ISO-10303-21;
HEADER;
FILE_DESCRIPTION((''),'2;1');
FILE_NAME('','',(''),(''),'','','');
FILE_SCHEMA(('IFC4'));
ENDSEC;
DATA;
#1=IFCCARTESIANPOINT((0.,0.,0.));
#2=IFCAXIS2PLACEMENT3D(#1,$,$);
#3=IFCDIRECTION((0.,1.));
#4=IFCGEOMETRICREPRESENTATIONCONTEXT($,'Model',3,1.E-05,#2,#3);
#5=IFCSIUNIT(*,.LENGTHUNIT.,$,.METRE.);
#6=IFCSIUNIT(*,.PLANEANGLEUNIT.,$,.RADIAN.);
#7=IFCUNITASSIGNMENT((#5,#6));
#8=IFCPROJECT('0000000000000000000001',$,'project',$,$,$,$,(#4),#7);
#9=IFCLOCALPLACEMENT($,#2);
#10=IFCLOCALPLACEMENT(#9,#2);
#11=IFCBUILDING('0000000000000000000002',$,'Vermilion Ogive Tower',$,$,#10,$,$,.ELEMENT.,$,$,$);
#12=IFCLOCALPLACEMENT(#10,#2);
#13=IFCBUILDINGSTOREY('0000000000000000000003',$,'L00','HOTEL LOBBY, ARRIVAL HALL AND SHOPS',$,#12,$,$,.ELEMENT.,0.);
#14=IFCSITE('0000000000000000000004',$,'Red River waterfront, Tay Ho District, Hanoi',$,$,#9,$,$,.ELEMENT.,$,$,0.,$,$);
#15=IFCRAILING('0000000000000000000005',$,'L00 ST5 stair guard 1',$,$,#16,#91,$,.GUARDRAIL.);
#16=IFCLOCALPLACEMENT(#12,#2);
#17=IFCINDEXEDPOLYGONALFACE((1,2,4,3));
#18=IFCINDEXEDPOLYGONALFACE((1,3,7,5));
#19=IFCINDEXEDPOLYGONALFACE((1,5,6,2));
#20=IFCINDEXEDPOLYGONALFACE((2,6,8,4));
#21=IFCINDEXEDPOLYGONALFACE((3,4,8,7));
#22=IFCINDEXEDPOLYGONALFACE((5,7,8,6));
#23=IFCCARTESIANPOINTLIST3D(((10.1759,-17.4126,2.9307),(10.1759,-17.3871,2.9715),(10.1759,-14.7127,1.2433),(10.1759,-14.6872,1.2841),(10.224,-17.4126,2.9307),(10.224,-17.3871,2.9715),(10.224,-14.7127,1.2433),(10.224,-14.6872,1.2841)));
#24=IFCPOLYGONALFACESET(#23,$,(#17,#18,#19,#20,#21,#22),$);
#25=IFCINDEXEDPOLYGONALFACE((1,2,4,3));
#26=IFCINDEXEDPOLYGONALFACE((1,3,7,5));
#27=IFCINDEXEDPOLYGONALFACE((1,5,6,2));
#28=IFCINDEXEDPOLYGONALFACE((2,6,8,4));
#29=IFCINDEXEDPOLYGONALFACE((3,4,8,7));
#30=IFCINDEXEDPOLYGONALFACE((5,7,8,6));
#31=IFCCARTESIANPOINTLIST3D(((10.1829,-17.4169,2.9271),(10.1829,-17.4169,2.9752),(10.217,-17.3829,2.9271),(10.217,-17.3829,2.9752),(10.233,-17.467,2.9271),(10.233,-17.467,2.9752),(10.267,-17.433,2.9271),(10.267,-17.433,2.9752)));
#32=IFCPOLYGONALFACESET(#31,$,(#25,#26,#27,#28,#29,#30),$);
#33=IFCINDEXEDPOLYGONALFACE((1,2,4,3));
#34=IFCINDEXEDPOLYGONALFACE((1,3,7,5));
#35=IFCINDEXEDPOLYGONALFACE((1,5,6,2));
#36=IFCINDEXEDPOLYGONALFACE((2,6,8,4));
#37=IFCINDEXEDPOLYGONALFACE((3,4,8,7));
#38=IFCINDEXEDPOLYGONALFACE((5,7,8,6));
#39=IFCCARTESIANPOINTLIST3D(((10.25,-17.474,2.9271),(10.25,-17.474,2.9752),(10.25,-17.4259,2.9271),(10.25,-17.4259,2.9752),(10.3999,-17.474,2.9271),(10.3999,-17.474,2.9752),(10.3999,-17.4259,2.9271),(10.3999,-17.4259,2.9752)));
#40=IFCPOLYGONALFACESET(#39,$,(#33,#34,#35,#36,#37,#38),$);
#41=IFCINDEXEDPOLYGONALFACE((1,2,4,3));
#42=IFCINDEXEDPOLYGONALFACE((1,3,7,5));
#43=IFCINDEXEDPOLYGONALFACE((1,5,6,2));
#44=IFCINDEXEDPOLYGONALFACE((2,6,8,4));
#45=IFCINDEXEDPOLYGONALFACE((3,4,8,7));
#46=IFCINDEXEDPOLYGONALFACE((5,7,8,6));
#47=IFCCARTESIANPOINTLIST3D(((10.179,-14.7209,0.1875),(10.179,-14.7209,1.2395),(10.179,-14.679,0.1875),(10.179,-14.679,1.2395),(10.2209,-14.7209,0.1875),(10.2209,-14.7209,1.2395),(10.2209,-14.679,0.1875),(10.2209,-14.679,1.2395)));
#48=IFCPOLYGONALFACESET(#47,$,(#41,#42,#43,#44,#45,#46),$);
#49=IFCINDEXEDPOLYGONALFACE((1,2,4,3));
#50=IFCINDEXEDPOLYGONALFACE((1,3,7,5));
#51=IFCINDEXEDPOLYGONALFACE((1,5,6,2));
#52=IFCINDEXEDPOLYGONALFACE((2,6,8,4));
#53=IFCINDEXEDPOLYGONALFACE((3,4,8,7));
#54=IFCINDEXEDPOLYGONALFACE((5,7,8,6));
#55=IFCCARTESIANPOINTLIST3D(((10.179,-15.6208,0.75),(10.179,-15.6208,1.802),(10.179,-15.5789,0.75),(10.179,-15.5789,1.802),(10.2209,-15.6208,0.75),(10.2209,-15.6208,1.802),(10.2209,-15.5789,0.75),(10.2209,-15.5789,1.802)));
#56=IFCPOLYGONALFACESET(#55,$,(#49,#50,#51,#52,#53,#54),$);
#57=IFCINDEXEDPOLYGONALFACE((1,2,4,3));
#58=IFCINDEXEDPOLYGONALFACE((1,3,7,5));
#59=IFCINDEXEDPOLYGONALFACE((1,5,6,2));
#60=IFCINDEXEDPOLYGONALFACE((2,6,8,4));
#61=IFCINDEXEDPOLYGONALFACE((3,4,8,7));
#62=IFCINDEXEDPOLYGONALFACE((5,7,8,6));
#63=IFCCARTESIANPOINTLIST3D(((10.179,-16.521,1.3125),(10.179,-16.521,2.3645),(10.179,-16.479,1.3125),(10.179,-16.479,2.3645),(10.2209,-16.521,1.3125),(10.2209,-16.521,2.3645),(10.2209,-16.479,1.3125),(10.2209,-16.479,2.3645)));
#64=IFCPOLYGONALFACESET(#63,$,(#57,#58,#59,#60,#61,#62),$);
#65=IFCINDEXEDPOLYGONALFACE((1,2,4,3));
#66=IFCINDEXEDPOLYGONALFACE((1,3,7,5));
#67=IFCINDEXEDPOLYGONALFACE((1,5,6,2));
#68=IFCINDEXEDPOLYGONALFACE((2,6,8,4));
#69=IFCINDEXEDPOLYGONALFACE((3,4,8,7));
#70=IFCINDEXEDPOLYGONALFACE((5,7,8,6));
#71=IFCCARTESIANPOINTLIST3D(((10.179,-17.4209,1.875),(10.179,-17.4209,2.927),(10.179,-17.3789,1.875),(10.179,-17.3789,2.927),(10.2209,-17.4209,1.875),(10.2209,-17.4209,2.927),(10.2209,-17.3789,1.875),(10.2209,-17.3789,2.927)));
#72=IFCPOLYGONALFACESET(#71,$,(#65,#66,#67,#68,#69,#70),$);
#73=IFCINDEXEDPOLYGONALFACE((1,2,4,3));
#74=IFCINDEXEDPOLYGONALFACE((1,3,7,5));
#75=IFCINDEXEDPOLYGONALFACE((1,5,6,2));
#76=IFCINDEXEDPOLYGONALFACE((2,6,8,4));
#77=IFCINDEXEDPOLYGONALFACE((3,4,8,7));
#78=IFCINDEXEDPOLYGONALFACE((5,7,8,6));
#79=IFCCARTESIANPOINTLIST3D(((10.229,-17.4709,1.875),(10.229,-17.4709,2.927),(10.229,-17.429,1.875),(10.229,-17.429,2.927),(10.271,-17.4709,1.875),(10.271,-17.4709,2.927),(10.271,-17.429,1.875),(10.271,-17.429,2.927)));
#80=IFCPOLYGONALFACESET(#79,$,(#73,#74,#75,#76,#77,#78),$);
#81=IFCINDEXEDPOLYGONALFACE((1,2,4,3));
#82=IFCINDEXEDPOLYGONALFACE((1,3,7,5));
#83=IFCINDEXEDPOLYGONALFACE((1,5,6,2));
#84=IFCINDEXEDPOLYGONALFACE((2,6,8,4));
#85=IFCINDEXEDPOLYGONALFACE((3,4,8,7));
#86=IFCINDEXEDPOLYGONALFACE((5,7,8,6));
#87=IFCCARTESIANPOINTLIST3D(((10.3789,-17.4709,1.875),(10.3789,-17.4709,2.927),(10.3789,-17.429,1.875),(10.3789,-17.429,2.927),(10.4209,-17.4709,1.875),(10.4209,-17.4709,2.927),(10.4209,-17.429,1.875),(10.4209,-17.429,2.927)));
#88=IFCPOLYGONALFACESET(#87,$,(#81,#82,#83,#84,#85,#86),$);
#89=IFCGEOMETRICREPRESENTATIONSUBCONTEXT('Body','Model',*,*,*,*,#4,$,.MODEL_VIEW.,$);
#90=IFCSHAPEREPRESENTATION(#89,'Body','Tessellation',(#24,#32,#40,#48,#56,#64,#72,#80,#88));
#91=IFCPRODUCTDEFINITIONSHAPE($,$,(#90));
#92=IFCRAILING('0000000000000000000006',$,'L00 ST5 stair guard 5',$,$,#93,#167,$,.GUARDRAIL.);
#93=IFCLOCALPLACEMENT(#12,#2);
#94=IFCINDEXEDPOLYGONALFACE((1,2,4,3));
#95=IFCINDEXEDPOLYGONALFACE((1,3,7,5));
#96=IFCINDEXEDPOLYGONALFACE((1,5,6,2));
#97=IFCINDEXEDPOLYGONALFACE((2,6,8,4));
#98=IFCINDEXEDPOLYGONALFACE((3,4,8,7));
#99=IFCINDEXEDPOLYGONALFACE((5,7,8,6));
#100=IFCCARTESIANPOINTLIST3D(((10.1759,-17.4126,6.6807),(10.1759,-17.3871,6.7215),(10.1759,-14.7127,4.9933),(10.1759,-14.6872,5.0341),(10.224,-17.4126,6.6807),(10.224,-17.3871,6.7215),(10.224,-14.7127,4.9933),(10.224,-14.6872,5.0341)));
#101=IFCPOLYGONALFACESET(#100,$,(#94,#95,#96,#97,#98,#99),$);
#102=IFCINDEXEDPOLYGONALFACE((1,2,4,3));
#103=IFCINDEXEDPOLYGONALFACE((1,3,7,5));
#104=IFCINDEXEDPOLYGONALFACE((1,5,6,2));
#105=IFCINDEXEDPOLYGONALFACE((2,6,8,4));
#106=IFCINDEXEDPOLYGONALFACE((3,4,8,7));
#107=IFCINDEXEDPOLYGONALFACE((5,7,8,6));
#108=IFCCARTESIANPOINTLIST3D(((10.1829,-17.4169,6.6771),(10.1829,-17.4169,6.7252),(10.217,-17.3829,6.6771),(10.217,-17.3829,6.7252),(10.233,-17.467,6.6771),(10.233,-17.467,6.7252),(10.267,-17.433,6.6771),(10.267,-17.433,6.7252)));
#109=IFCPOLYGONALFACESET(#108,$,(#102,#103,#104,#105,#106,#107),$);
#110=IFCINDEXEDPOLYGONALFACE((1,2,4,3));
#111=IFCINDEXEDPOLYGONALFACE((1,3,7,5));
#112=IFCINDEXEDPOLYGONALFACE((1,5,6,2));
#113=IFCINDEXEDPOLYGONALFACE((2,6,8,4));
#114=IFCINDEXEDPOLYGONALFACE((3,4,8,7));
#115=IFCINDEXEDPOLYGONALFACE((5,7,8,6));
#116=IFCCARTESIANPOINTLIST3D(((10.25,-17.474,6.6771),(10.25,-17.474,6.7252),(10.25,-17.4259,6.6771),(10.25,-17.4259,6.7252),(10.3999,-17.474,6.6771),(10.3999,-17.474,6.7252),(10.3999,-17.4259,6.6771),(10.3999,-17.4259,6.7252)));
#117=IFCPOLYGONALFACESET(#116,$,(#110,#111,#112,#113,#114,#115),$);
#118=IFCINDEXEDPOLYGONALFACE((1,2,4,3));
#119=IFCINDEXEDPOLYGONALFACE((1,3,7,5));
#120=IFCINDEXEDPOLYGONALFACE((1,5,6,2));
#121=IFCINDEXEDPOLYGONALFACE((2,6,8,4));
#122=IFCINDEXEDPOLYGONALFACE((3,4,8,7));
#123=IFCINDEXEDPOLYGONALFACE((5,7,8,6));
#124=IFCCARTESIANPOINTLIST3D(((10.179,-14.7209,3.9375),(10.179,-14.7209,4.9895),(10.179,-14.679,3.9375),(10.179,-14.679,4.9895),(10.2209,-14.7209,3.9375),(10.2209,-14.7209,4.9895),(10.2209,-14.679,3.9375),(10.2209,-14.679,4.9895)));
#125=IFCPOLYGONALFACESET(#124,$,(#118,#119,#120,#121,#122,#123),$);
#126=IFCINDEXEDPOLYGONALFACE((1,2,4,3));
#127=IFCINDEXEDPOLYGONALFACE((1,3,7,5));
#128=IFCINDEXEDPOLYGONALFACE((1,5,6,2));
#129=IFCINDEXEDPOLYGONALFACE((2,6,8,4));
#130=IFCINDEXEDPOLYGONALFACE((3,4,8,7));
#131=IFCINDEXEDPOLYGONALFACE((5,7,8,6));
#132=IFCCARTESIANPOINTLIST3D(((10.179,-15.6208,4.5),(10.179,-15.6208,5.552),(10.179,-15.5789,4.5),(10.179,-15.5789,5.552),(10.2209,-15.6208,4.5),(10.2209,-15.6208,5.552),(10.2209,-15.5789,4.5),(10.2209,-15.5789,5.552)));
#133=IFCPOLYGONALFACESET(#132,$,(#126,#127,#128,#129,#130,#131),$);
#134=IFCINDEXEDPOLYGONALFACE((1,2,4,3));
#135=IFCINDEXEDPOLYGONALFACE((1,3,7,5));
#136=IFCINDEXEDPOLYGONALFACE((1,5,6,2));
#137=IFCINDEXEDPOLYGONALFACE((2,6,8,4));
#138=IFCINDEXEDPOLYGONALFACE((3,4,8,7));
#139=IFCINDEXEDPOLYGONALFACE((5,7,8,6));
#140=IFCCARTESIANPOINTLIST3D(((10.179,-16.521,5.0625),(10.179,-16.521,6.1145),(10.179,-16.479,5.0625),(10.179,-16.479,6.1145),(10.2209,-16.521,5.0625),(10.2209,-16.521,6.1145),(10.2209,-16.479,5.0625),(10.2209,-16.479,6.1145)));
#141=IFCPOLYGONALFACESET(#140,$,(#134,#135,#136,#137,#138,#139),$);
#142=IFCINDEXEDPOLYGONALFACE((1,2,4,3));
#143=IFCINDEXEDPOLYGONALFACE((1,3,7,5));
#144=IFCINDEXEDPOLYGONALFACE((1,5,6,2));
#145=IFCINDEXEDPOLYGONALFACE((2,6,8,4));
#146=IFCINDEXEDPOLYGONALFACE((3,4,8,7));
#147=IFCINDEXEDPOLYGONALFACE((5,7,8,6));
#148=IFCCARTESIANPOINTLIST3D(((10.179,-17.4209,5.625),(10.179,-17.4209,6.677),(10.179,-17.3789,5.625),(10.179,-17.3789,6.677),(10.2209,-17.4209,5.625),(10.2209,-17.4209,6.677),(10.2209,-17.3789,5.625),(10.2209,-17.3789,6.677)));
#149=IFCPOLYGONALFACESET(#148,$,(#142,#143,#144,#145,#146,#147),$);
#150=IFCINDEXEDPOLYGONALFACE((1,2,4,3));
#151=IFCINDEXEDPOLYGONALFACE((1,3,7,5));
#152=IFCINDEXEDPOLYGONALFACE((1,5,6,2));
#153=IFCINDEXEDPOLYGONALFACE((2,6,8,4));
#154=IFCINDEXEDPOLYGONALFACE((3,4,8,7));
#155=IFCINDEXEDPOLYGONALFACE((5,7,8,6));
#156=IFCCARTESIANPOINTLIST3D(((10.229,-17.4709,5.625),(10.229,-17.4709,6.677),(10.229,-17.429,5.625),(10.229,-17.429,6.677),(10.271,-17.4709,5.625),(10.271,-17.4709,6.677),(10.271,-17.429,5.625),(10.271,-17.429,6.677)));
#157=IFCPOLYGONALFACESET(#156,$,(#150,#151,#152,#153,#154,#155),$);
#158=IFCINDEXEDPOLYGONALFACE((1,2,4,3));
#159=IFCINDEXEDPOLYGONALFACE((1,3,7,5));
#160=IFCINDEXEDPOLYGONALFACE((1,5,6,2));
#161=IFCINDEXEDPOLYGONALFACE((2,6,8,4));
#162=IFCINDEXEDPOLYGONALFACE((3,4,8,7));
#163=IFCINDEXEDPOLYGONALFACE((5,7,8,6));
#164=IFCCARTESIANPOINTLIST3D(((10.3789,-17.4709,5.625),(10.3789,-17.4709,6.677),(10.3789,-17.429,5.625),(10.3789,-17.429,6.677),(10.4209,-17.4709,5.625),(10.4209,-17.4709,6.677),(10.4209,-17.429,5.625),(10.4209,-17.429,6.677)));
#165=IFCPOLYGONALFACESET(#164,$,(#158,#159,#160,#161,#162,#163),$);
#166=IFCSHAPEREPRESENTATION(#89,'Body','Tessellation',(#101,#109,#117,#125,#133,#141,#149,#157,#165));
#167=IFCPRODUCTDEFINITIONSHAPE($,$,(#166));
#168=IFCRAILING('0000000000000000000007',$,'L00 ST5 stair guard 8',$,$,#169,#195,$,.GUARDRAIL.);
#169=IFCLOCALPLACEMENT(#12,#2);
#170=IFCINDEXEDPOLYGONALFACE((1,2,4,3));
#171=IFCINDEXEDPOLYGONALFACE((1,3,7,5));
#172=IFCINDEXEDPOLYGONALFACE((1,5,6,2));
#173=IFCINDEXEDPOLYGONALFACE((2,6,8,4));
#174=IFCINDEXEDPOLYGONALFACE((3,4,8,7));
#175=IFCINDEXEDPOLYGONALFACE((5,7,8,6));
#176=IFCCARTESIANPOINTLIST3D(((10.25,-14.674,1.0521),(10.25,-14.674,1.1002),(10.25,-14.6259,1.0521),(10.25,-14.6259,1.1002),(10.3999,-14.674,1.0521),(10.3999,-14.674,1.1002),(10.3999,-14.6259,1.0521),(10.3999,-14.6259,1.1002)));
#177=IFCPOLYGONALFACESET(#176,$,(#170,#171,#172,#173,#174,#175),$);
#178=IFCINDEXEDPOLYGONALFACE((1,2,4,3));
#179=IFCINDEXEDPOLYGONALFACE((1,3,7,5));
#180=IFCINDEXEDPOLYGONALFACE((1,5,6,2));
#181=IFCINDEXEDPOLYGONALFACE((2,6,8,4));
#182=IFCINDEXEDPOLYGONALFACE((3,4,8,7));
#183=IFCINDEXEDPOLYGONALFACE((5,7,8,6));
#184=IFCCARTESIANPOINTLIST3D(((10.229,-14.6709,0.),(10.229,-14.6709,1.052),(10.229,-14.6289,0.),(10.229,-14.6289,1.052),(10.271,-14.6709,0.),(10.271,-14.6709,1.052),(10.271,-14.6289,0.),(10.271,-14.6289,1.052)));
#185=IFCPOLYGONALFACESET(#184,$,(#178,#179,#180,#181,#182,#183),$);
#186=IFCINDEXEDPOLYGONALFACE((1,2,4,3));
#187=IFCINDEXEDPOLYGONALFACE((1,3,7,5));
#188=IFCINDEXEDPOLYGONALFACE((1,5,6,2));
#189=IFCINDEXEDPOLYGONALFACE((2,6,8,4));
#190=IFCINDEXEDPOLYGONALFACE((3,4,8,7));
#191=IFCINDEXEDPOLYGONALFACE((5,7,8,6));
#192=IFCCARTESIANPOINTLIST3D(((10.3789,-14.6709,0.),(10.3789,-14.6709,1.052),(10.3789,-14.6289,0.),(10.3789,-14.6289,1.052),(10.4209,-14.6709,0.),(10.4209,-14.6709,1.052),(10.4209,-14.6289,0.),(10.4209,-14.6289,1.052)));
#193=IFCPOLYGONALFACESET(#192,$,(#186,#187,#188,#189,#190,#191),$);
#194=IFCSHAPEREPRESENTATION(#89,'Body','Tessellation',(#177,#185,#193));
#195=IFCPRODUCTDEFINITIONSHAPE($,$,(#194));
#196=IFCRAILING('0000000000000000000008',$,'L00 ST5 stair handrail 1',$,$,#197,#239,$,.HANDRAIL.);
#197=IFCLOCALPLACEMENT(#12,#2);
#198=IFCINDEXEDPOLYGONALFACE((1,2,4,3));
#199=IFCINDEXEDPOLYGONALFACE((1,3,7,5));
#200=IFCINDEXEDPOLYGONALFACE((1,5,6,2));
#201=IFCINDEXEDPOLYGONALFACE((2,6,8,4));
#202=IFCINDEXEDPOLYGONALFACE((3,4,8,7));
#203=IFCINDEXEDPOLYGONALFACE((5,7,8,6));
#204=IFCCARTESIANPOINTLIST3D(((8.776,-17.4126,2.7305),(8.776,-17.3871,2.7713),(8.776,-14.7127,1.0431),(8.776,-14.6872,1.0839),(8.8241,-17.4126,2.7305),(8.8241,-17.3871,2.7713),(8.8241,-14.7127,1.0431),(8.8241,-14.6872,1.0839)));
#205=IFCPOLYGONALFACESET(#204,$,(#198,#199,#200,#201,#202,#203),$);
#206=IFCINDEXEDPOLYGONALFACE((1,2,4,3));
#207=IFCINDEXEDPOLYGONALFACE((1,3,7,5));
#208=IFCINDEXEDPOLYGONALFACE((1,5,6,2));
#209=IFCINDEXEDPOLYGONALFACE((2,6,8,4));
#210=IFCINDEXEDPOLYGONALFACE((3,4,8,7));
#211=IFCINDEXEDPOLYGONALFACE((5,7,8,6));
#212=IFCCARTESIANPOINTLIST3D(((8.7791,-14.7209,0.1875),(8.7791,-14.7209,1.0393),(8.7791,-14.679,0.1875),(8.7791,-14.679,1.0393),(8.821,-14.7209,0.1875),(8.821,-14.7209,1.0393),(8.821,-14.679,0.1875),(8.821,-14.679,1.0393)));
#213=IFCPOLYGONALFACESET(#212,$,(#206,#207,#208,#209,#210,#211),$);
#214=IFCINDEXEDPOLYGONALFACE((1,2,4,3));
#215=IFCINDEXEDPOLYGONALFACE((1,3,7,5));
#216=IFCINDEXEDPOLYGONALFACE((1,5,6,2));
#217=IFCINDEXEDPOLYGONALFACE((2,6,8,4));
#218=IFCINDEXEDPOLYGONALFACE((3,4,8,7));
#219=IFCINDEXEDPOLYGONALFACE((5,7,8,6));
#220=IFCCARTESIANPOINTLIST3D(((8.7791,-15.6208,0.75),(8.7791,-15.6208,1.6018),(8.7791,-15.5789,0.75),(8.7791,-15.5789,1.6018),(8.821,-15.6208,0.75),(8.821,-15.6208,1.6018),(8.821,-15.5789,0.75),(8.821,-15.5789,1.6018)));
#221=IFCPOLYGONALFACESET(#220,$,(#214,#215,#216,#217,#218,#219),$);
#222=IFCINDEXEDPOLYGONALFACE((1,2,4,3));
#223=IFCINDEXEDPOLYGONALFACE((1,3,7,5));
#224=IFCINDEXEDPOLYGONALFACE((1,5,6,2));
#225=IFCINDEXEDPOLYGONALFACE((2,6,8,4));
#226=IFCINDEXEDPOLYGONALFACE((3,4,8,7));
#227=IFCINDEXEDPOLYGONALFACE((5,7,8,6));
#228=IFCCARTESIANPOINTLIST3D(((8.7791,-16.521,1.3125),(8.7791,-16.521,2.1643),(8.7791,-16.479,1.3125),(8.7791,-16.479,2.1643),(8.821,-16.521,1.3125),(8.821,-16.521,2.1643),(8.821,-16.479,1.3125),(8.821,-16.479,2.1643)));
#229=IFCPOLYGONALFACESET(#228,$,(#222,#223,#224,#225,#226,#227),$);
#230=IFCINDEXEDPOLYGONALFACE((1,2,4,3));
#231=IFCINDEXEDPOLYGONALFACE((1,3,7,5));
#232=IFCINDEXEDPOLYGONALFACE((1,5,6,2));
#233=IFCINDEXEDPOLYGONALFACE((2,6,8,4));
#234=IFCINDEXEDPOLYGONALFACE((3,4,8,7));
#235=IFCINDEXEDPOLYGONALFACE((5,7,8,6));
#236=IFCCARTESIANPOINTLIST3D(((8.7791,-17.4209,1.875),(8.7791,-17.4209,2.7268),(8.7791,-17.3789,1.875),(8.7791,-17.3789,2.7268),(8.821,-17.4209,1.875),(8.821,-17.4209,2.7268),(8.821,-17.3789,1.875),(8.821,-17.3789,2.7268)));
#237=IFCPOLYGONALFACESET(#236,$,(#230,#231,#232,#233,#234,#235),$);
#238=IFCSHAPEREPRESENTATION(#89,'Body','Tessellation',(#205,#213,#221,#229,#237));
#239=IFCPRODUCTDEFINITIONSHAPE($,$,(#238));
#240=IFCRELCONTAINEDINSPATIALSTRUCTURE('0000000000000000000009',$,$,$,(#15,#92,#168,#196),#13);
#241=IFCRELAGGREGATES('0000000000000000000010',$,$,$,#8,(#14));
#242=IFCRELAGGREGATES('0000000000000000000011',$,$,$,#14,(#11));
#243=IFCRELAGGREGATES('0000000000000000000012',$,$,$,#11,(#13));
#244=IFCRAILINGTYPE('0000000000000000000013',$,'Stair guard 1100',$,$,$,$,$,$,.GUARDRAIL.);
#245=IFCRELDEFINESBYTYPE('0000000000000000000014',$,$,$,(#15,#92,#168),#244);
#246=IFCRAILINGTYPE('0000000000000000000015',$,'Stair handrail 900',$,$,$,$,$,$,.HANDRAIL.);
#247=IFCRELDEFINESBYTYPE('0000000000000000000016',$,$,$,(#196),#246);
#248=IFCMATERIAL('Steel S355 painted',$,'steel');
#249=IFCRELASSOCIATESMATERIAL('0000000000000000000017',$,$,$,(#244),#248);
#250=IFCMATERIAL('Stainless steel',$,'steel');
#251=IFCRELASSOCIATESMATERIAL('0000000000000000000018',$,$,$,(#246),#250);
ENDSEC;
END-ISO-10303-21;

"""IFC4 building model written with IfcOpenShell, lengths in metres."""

from ifc_helpers import new_model, si_unit, direction, frame, origin, origin_2d, place, context, subcontext, project, spatial, rectangle, extrude, material, type_object, element, save


model = new_model("IFC4")

# Units and contexts
model_context = context("Model", 3, precision=1e-05, world=origin(), true_north=direction((0.0, 1.0)))
body_context = subcontext(model_context, "Body", "Model", "MODEL_VIEW")
ifc_project = project(units=[si_unit("LENGTHUNIT", "METRE"), si_unit("PLANEANGLEUNIT", "RADIAN")], contexts=[model_context])

# Site, building, storey
site_placement = place(None, origin())
site = spatial("IfcSite", under=ifc_project, at=site_placement, Name="Red River waterfront, Tay Ho District, Hanoi", CompositionType="ELEMENT", RefElevation=0.0)
building_placement = place(site_placement, origin())
building = spatial("IfcBuilding", under=site, at=building_placement, Name="Vermilion Ogive Tower", CompositionType="ELEMENT")
storey_placement = place(building_placement, origin())
storey = spatial("IfcBuildingStorey", under=building, at=storey_placement, Name="L00", Description="HOTEL LOBBY, ARRIVAL HALL AND SHOPS", CompositionType="ELEMENT", Elevation=0.0)

# Railings
ifc_material_1 = material(Name="Steel S355 painted", Category="steel")
railing_type_1 = type_object("IfcRailingType", Name="Stair guard 1100", PredefinedType="GUARDRAIL", material=ifc_material_1)
for number, where, name in (
    (1, (10.2, -14.7, 0.1875), "L00 ST5 stair guard 1"),
    (2, (10.2, -14.7, 3.9375), "L00 ST5 stair guard 5"),
):
    element("IfcRailing", number, at=place(storey_placement, frame(where)), inside=storey, type_object=railing_type_1, Name=name, PredefinedType="GUARDRAIL", context=body_context, shape_type="SweptSolid", body=[
        extrude(rectangle(XDim=0.0481, YDim=0.0481, at=origin_2d()), frame((0.0, 0.0, 1.0762), z_axis=(0.0, -0.847994, 0.530006), x_axis=(1.0, 0.0, 0.0)), (0.0, 0.0, 1.0), 3.1838),
        extrude(rectangle(XDim=0.0481, YDim=0.0481, at=origin_2d()), frame((0.0, -2.7, 2.7637), z_axis=(0.707107, -0.707107, 0.0), x_axis=(0.707107, 0.707107, 0.0)), (0.0, 0.0, 1.0), 0.0708),
        extrude(rectangle(XDim=0.0481, YDim=0.0481, at=origin_2d()), frame((0.05, -2.75, 2.7637), z_axis=(1.0, 0.0, 0.0), x_axis=(0.0, 1.0, 0.0)), (0.0, 0.0, 1.0), 0.1499),
        extrude(rectangle(XDim=0.042, YDim=0.042, at=origin_2d()), origin(), (0.0, 0.0, 1.0), 1.052),
        extrude(rectangle(XDim=0.042, YDim=0.042, at=origin_2d()), frame((0.0, -0.8999, 0.5625)), (0.0, 0.0, 1.0), 1.052),
        extrude(rectangle(XDim=0.042, YDim=0.042, at=origin_2d()), frame((0.0, -1.8, 1.125)), (0.0, 0.0, 1.0), 1.052),
        extrude(rectangle(XDim=0.042, YDim=0.042, at=origin_2d()), frame((0.0, -2.7, 1.6875)), (0.0, 0.0, 1.0), 1.052),
        extrude(rectangle(XDim=0.042, YDim=0.042, at=origin_2d()), frame((0.05, -2.75, 1.6875)), (0.0, 0.0, 1.0), 1.052),
        extrude(rectangle(XDim=0.042, YDim=0.042, at=origin_2d()), frame((0.2, -2.75, 1.6875)), (0.0, 0.0, 1.0), 1.052),
    ])
railing_1_placement = place(storey_placement, frame((10.25, -14.6499, 0.0)))
element("IfcRailing", 3, at=railing_1_placement, inside=storey, type_object=railing_type_1, Name="L00 ST5 stair guard 8", PredefinedType="GUARDRAIL", context=body_context, shape_type="SweptSolid", body=[
    extrude(rectangle(XDim=0.0481, YDim=0.0481, at=origin_2d()), frame((0.0, 0.0, 1.0762), z_axis=(1.0, 0.0, 0.0), x_axis=(0.0, 1.0, 0.0)), (0.0, 0.0, 1.0), 0.1499),
    extrude(rectangle(XDim=0.042, YDim=0.042, at=origin_2d()), origin(), (0.0, 0.0, 1.0), 1.052),
    extrude(rectangle(XDim=0.042, YDim=0.042, at=origin_2d()), frame((0.1499, 0.0, 0.0)), (0.0, 0.0, 1.0), 1.052),
])
ifc_material_2 = material(Name="Stainless steel", Category="steel")
railing_type_2 = type_object("IfcRailingType", Name="Stair handrail 900", PredefinedType="HANDRAIL", material=ifc_material_2)
railing_2_placement = place(storey_placement, frame((8.8, -14.7, 0.1875)))
element("IfcRailing", 4, at=railing_2_placement, inside=storey, type_object=railing_type_2, Name="L00 ST5 stair handrail 1", PredefinedType="HANDRAIL", context=body_context, shape_type="SweptSolid", body=[
    extrude(rectangle(XDim=0.0481, YDim=0.0481, at=origin_2d()), frame((0.0, 0.0, 0.876), z_axis=(0.0, -0.847994, 0.530006), x_axis=(1.0, 0.0, 0.0)), (0.0, 0.0, 1.0), 3.1838),
    extrude(rectangle(XDim=0.042, YDim=0.042, at=origin_2d()), origin(), (0.0, 0.0, 1.0), 0.8518),
    extrude(rectangle(XDim=0.042, YDim=0.042, at=origin_2d()), frame((0.0, -0.8999, 0.5625)), (0.0, 0.0, 1.0), 0.8518),
    extrude(rectangle(XDim=0.042, YDim=0.042, at=origin_2d()), frame((0.0, -1.8, 1.125)), (0.0, 0.0, 1.0), 0.8518),
    extrude(rectangle(XDim=0.042, YDim=0.042, at=origin_2d()), frame((0.0, -2.7, 1.6875)), (0.0, 0.0, 1.0), 0.8518),
])

save(model, "model.ifc")
